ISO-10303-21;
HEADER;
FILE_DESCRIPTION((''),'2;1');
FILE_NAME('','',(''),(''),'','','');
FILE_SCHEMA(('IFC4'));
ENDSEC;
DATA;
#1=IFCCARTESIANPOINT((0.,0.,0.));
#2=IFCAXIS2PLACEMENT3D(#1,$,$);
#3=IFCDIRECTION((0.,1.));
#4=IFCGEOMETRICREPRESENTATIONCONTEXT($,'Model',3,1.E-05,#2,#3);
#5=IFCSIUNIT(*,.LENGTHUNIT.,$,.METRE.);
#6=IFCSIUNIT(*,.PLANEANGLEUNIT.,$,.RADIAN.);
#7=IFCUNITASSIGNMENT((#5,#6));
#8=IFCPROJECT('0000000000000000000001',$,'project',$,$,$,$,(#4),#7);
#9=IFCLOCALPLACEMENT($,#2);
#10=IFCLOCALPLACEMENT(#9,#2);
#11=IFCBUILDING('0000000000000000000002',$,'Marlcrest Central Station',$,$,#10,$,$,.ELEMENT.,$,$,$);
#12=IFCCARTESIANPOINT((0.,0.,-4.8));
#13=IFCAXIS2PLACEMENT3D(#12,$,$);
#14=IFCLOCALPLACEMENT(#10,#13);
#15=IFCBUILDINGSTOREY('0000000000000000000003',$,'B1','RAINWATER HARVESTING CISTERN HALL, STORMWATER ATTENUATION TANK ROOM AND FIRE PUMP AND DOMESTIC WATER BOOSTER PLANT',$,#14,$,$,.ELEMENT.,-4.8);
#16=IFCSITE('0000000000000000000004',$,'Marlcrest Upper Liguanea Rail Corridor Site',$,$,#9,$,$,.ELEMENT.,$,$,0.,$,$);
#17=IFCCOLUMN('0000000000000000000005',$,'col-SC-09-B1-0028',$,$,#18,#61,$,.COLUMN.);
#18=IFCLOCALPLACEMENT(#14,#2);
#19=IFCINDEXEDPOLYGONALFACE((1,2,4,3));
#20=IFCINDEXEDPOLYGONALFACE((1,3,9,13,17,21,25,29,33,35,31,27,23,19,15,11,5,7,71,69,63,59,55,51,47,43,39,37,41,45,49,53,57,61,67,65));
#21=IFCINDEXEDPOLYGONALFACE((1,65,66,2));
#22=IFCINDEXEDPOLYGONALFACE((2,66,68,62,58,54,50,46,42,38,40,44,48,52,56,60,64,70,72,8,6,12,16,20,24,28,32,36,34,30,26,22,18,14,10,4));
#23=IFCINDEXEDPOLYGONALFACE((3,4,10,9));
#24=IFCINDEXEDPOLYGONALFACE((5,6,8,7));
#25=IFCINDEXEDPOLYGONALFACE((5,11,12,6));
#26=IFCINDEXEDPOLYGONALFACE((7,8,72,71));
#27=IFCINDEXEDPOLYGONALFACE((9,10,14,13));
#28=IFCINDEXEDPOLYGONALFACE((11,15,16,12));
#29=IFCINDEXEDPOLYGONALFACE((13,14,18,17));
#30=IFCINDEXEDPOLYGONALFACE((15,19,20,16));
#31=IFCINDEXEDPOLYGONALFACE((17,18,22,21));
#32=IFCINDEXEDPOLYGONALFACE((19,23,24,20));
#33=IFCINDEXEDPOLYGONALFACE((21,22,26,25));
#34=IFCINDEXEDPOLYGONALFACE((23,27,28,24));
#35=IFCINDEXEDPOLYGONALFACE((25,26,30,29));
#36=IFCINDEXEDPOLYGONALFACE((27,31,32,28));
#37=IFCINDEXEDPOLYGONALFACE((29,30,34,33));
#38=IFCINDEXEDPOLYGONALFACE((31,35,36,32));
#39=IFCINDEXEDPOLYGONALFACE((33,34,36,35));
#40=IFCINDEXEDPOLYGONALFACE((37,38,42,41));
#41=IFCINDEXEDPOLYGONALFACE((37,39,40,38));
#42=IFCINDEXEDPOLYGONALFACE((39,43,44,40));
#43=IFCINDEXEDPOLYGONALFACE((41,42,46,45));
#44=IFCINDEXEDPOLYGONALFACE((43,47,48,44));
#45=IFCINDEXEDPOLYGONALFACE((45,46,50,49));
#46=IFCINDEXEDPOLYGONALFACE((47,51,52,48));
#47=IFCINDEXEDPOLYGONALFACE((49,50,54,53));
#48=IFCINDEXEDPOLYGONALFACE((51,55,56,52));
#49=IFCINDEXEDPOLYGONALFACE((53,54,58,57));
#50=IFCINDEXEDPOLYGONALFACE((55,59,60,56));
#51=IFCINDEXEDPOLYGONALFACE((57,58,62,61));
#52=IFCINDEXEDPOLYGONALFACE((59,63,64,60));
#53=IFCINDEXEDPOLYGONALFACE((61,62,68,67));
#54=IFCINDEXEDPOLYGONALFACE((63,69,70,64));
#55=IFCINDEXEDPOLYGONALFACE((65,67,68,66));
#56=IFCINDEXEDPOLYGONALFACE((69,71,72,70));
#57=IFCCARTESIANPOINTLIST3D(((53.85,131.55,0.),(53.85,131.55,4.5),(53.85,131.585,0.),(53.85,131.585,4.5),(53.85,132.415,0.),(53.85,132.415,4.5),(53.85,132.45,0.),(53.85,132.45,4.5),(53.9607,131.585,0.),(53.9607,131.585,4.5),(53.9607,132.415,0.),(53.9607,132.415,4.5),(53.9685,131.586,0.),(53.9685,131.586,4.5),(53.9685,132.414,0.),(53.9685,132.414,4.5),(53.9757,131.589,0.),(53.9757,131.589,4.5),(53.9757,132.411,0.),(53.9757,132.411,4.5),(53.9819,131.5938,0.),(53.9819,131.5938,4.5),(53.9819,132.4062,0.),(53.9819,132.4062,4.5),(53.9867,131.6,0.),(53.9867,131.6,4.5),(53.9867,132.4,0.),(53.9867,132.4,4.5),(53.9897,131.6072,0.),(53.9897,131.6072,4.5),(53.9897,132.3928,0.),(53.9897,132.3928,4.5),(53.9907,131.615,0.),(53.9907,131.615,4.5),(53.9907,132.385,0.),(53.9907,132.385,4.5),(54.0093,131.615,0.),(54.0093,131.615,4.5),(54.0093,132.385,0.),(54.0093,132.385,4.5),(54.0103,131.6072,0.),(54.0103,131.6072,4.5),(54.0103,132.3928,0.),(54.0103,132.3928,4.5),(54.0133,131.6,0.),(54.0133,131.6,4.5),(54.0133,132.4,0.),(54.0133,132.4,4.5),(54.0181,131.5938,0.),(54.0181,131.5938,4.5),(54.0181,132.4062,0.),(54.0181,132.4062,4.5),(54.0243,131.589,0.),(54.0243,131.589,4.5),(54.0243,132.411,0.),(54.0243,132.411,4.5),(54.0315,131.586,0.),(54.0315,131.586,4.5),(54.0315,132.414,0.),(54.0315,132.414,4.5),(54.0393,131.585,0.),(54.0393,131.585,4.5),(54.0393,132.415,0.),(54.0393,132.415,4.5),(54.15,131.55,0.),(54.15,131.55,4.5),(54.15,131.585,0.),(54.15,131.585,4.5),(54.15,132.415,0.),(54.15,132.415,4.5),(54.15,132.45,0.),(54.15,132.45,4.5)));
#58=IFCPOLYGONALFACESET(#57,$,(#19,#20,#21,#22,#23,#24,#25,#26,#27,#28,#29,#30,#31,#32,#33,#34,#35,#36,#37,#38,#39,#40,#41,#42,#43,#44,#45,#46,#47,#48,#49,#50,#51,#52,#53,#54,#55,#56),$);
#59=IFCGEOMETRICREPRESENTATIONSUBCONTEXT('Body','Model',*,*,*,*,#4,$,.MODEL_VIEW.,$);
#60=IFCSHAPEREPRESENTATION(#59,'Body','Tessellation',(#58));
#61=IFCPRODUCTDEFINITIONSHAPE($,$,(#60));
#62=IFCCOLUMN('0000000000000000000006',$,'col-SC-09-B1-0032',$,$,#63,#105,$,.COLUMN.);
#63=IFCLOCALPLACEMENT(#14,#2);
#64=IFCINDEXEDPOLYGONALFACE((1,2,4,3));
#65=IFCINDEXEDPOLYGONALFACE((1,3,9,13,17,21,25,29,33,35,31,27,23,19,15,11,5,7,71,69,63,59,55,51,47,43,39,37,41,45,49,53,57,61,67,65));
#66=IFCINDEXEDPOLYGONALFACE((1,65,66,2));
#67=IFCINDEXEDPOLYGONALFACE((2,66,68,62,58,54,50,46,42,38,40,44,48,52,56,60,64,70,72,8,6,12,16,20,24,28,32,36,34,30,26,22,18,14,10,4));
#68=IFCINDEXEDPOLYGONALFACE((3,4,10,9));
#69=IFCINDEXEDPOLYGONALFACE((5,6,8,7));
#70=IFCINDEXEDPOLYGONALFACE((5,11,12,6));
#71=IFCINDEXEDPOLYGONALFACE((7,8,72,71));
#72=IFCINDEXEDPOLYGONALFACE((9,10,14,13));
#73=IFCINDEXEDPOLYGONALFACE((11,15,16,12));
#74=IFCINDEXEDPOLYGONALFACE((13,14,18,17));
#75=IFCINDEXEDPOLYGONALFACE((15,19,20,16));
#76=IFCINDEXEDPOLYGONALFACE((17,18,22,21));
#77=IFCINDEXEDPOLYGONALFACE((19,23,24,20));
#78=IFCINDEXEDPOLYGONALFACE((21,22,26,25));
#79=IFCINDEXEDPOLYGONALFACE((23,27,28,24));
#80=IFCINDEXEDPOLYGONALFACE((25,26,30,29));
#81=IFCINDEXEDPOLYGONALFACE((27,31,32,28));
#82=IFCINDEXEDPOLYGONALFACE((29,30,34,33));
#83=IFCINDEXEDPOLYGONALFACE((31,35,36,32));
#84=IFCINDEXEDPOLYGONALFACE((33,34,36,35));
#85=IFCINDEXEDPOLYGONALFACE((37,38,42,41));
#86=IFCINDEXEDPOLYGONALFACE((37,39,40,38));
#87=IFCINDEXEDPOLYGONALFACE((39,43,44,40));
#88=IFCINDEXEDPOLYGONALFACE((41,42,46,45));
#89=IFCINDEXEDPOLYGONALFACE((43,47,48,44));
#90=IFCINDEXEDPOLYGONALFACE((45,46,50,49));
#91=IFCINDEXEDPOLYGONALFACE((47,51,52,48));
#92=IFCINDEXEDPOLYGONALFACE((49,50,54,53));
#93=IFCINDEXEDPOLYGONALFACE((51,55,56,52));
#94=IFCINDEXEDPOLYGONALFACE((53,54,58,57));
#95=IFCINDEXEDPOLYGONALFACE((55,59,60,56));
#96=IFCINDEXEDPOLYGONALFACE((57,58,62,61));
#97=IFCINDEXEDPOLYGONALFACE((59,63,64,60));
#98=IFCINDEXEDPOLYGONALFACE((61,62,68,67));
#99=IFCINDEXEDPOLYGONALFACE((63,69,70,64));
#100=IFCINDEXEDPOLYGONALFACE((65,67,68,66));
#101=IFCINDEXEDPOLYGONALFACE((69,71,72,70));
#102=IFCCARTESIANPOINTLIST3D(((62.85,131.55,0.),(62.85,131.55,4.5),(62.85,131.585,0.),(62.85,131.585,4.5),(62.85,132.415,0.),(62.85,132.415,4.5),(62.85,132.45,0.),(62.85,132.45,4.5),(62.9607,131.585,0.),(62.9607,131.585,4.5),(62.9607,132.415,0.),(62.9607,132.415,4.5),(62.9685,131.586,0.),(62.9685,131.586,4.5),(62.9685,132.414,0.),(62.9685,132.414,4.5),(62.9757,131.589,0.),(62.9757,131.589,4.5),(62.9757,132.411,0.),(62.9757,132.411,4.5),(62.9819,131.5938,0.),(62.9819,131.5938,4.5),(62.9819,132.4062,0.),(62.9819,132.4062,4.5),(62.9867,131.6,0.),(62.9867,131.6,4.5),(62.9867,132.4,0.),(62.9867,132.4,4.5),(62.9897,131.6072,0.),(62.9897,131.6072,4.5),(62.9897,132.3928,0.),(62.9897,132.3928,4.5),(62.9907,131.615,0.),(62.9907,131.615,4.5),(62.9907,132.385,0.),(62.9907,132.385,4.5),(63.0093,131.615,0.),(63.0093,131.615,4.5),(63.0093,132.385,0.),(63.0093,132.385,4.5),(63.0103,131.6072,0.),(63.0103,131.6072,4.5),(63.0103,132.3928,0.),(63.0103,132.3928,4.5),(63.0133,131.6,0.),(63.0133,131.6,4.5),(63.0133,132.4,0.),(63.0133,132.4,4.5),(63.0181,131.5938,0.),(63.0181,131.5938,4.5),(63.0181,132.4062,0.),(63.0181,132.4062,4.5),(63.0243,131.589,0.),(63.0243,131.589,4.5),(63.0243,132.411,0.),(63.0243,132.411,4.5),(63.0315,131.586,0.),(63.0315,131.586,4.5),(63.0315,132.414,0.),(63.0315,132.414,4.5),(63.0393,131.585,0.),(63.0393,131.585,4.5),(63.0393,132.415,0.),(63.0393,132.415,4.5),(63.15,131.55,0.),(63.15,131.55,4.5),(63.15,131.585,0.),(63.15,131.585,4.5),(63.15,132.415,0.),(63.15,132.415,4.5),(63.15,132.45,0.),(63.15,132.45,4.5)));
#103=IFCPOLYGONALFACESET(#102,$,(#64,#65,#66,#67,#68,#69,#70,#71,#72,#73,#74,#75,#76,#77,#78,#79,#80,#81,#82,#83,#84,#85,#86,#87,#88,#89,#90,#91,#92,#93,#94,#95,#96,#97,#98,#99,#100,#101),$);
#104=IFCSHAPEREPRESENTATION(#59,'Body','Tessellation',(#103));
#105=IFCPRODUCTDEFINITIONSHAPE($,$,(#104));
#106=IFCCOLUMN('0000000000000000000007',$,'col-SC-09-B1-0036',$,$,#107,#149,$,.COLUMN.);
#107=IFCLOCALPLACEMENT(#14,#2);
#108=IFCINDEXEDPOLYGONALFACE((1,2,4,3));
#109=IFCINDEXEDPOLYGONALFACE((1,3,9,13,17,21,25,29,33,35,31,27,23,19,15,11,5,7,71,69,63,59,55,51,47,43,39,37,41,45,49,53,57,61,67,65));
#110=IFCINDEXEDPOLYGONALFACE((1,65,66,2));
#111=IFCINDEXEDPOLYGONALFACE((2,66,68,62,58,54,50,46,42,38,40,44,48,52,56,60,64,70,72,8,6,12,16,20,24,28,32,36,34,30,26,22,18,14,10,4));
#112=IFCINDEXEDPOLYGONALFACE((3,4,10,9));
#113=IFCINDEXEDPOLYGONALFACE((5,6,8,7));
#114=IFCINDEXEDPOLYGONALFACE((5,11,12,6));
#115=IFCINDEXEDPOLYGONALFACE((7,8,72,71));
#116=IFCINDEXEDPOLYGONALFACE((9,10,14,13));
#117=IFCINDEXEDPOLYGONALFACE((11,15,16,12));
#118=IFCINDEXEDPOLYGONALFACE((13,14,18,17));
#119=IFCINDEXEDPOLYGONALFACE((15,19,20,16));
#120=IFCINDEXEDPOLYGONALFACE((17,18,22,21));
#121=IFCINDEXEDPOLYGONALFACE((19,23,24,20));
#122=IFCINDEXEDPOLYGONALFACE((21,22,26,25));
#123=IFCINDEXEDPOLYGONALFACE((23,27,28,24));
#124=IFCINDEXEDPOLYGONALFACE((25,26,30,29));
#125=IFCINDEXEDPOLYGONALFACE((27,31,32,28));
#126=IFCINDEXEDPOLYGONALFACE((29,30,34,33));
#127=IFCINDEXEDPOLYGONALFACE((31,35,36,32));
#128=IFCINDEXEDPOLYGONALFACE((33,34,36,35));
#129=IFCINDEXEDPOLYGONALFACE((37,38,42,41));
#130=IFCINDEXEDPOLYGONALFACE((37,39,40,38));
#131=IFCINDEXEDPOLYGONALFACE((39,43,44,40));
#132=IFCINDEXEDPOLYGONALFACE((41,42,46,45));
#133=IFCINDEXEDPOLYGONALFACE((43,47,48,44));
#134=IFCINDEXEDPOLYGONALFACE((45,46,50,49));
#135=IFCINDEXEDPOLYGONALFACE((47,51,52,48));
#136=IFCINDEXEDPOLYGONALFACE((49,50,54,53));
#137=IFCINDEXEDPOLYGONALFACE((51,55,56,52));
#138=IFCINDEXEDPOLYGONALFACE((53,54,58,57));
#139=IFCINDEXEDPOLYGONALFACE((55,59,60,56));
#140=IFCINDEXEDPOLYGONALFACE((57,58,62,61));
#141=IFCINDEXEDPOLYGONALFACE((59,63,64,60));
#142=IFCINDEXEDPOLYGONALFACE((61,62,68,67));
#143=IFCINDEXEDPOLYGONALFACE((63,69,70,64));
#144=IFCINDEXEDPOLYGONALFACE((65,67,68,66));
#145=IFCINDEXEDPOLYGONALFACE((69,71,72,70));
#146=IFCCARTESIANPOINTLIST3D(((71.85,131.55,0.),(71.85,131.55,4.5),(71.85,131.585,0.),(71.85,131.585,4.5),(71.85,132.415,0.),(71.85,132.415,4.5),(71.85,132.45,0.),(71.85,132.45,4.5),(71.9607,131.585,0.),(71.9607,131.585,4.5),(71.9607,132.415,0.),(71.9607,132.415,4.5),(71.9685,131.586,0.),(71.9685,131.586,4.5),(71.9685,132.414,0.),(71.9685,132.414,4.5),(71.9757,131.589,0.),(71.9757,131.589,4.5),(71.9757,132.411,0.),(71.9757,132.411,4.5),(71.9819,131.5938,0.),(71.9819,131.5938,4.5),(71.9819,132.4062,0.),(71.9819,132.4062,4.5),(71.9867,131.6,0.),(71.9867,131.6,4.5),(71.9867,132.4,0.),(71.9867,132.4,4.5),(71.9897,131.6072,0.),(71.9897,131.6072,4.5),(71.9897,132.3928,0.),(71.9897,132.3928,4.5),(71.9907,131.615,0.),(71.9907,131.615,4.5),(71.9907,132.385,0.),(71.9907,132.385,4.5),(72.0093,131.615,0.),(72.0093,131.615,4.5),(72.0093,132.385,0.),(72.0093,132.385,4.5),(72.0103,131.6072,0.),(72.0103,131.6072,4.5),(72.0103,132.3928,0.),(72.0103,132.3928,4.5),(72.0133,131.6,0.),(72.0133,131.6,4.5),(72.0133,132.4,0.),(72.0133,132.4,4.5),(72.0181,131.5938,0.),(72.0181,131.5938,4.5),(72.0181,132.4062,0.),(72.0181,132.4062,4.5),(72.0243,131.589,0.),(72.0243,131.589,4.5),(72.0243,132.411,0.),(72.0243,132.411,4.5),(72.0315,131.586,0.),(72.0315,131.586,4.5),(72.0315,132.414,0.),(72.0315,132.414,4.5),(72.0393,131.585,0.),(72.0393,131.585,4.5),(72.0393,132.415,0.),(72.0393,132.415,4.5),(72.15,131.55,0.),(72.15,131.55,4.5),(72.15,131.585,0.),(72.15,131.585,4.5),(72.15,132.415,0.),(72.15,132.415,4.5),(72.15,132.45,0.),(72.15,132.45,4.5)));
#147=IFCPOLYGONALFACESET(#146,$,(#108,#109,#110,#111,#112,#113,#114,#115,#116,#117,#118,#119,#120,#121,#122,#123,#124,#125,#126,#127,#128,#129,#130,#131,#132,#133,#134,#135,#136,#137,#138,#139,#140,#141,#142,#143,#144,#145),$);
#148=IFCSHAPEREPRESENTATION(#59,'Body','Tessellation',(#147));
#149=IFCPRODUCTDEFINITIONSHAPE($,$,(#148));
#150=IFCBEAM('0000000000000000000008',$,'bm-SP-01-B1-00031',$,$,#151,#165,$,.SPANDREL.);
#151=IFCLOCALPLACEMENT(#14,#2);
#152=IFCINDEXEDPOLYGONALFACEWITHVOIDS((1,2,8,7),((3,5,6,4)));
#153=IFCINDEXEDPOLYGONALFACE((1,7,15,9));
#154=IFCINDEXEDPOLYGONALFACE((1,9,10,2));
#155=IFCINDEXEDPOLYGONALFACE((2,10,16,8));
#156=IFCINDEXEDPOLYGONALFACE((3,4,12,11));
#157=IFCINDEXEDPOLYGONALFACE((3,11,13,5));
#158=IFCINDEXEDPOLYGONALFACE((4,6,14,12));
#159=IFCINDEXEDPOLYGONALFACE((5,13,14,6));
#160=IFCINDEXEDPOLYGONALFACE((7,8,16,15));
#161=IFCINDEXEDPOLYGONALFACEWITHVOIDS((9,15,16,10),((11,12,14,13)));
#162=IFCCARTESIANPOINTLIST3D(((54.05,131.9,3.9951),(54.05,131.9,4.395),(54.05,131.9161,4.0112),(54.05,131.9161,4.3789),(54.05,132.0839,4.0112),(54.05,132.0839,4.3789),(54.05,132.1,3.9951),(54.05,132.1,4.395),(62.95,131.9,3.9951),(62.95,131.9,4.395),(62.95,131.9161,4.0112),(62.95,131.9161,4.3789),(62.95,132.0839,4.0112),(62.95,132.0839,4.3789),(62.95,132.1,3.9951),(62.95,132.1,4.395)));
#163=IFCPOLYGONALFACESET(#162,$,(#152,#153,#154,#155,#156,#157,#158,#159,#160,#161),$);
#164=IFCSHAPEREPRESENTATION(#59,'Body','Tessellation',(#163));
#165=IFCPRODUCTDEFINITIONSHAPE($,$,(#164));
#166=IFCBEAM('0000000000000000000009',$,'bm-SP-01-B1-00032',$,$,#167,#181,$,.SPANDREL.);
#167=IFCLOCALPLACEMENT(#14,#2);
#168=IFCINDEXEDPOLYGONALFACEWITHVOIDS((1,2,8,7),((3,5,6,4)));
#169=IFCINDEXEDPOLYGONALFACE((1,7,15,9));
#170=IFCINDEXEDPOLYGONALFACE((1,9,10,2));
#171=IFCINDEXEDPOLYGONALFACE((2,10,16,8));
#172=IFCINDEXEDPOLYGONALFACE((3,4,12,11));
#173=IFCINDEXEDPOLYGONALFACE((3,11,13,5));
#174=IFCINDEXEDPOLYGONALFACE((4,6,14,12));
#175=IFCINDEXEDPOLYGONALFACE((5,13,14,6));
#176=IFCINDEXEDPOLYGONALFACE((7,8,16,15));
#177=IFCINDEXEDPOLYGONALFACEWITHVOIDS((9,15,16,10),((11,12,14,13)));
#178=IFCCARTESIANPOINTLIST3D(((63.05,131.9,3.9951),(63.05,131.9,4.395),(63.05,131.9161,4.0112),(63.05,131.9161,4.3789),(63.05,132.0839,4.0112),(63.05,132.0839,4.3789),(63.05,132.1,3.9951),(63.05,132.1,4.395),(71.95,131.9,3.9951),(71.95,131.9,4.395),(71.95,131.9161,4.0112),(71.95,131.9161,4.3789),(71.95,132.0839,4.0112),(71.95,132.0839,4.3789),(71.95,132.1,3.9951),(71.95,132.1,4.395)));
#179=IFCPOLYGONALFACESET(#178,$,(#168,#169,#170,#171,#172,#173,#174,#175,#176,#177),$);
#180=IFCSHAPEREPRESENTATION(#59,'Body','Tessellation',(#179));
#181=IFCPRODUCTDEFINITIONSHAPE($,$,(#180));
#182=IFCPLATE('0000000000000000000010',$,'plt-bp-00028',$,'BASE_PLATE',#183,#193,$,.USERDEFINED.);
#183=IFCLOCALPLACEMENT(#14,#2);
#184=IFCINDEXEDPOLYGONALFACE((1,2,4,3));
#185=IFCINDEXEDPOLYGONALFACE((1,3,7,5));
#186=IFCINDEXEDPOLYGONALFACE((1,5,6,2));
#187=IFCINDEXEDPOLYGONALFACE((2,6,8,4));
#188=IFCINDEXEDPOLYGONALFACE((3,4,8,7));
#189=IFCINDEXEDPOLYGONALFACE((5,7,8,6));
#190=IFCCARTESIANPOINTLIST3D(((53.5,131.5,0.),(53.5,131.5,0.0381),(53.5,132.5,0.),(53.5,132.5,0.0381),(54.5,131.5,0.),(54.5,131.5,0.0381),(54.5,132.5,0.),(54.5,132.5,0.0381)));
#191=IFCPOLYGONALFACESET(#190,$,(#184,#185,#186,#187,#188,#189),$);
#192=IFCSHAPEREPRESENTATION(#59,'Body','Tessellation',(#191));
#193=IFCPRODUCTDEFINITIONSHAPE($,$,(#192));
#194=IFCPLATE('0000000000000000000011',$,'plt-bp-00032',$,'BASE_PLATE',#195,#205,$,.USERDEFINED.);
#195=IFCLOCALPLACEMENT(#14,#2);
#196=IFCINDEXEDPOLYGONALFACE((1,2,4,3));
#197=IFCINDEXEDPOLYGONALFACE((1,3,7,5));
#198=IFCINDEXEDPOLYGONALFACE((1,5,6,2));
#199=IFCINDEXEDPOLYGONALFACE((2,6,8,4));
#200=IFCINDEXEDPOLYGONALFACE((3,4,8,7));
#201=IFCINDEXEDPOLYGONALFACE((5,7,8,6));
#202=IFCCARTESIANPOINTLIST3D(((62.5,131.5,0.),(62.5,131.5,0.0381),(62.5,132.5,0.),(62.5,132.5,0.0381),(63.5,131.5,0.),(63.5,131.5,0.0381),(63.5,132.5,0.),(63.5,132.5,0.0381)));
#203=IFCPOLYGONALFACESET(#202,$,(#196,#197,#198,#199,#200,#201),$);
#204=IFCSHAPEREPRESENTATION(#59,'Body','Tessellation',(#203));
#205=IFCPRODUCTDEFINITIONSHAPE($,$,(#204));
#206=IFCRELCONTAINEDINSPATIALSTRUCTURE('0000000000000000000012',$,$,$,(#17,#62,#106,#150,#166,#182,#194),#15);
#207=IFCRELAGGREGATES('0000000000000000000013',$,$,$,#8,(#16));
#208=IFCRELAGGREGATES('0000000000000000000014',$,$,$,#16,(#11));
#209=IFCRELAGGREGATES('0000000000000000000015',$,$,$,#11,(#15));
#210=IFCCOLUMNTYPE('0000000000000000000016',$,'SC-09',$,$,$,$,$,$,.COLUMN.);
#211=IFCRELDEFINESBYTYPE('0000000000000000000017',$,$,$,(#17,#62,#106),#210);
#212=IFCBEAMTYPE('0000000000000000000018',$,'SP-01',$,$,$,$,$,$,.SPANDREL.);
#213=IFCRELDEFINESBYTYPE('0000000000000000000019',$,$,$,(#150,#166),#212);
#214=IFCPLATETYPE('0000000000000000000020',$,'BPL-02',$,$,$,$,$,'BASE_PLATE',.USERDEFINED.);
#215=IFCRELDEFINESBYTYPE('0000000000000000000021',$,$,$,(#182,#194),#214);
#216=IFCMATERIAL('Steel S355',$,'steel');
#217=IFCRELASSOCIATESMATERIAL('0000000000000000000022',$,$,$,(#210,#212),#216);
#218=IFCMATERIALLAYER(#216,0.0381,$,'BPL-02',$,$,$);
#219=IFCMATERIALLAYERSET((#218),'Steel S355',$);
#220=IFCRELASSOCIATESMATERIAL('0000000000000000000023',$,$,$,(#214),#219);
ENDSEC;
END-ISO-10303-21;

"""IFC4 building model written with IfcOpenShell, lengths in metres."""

from ifc_helpers import new_model, si_unit, direction, frame, origin, origin_2d, place, context, subcontext, project, spatial, rectangle, hollow_rectangle, i_section, extrude, material, layer, layer_set, material_profile, profile_set, type_object, element, save


model = new_model("IFC4")

# Units and contexts
model_context = context("Model", 3, precision=1e-05, world=origin(), true_north=direction((0.0, 1.0)))
body_context = subcontext(model_context, "Body", "Model", "MODEL_VIEW")
ifc_project = project(units=[si_unit("LENGTHUNIT", "METRE"), si_unit("PLANEANGLEUNIT", "RADIAN")], contexts=[model_context])

# Site, building, storey
site_placement = place(None, origin())
site = spatial("IfcSite", under=ifc_project, at=site_placement, Name="Marlcrest Upper Liguanea Rail Corridor Site", CompositionType="ELEMENT", RefElevation=0.0)
building_placement = place(site_placement, origin())
building = spatial("IfcBuilding", under=site, at=building_placement, Name="Marlcrest Central Station", CompositionType="ELEMENT")
storey_placement = place(building_placement, frame((0.0, 0.0, -4.8)))
storey = spatial("IfcBuildingStorey", under=building, at=storey_placement, Name="B1", Description="RAINWATER HARVESTING CISTERN HALL, STORMWATER ATTENUATION TANK ROOM AND FIRE PUMP AND DOMESTIC WATER BOOSTER PLANT", CompositionType="ELEMENT", Elevation=-4.8)

# Columns
ifc_material_1 = material(Name="Steel S355", Category="steel")
ifc_material_profile_1 = material_profile(ifc_material_1, i_section(OverallWidth=0.3, OverallDepth=0.8999, WebThickness=0.0186, FlangeThickness=0.0349, FilletRadius=0.03, at=origin_2d()), Name="HEB 900")
ifc_profile_set_1 = profile_set([ifc_material_profile_1], Name="Steel S355")
column_type = type_object("IfcColumnType", Name="SC-09", PredefinedType="COLUMN", material=ifc_profile_set_1)
for number, where, z_axis, x_axis, name in (
    (1, (54.0, 132.0, 0.0), (0.0, 0.0, 1.0), (1.0, 0.0, 0.0), "col-SC-09-B1-0028"),
    (2, (63.0, 132.0, 0.0), (0.0, 0.0, 1.0), (1.0, 0.0, 0.0), "col-SC-09-B1-0032"),
    (3, (72.0, 132.0, 0.0), (0.0, 0.0, 1.0), (1.0, 0.0, 0.0), "col-SC-09-B1-0036"),
):
    element("IfcColumn", number, at=place(storey_placement, frame(where, z_axis=z_axis, x_axis=x_axis)), inside=storey, type_object=column_type, Name=name, PredefinedType="COLUMN", context=body_context, shape_type="SweptSolid", body=[
        extrude(i_section(OverallWidth=0.3, OverallDepth=0.8999, WebThickness=0.0186, FlangeThickness=0.0349, FilletRadius=0.03, at=origin_2d()), origin(), (0.0, 0.0, 1.0), 4.5),
    ])

# Beams
ifc_material_profile_2 = material_profile(ifc_material_1, hollow_rectangle(XDim=0.2, YDim=0.3999, WallThickness=0.0161, at=origin_2d()), Name="RHS 400x200x16")
ifc_profile_set_2 = profile_set([ifc_material_profile_2], Name="Steel S355")
beam_type = type_object("IfcBeamType", Name="SP-01", PredefinedType="SPANDREL", material=ifc_profile_set_2)
for number, where, z_axis, x_axis, name in (
    (4, (54.05, 132.0, 4.1951), (1.0, 0.0, 0.0), (0.0, 1.0, 0.0), "bm-SP-01-B1-00031"),
    (5, (63.05, 132.0, 4.1951), (1.0, 0.0, 0.0), (0.0, 1.0, 0.0), "bm-SP-01-B1-00032"),
):
    element("IfcBeam", number, at=place(storey_placement, frame(where, z_axis=z_axis, x_axis=x_axis)), inside=storey, type_object=beam_type, Name=name, PredefinedType="SPANDREL", context=body_context, shape_type="SweptSolid", body=[
        extrude(hollow_rectangle(XDim=0.2, YDim=0.3999, WallThickness=0.0161, at=origin_2d()), origin(), (0.0, 0.0, 1.0), 8.8999),
    ])

# Plates
ifc_layer_1 = layer(ifc_material_1, 0.0381, Name="BPL-02")
ifc_layer_set_1 = layer_set([ifc_layer_1], Name="Steel S355")
plate_type = type_object("IfcPlateType", Name="BPL-02", ElementType="BASE_PLATE", PredefinedType="USERDEFINED", material=ifc_layer_set_1)
for number, where, z_axis, x_axis, name in (
    (6, (54.0, 132.0, 0.0), (0.0, 0.0, 1.0), (1.0, 0.0, 0.0), "plt-bp-00028"),
    (7, (63.0, 132.0, 0.0), (0.0, 0.0, 1.0), (1.0, 0.0, 0.0), "plt-bp-00032"),
):
    element("IfcPlate", number, at=place(storey_placement, frame(where, z_axis=z_axis, x_axis=x_axis)), inside=storey, type_object=plate_type, Name=name, ObjectType="BASE_PLATE", PredefinedType="USERDEFINED", context=body_context, shape_type="SweptSolid", body=[
        extrude(rectangle(XDim=1.0, YDim=1.0, at=origin_2d()), origin(), (0.0, 0.0, 1.0), 0.0381),
    ])

save(model, "model.ifc")
